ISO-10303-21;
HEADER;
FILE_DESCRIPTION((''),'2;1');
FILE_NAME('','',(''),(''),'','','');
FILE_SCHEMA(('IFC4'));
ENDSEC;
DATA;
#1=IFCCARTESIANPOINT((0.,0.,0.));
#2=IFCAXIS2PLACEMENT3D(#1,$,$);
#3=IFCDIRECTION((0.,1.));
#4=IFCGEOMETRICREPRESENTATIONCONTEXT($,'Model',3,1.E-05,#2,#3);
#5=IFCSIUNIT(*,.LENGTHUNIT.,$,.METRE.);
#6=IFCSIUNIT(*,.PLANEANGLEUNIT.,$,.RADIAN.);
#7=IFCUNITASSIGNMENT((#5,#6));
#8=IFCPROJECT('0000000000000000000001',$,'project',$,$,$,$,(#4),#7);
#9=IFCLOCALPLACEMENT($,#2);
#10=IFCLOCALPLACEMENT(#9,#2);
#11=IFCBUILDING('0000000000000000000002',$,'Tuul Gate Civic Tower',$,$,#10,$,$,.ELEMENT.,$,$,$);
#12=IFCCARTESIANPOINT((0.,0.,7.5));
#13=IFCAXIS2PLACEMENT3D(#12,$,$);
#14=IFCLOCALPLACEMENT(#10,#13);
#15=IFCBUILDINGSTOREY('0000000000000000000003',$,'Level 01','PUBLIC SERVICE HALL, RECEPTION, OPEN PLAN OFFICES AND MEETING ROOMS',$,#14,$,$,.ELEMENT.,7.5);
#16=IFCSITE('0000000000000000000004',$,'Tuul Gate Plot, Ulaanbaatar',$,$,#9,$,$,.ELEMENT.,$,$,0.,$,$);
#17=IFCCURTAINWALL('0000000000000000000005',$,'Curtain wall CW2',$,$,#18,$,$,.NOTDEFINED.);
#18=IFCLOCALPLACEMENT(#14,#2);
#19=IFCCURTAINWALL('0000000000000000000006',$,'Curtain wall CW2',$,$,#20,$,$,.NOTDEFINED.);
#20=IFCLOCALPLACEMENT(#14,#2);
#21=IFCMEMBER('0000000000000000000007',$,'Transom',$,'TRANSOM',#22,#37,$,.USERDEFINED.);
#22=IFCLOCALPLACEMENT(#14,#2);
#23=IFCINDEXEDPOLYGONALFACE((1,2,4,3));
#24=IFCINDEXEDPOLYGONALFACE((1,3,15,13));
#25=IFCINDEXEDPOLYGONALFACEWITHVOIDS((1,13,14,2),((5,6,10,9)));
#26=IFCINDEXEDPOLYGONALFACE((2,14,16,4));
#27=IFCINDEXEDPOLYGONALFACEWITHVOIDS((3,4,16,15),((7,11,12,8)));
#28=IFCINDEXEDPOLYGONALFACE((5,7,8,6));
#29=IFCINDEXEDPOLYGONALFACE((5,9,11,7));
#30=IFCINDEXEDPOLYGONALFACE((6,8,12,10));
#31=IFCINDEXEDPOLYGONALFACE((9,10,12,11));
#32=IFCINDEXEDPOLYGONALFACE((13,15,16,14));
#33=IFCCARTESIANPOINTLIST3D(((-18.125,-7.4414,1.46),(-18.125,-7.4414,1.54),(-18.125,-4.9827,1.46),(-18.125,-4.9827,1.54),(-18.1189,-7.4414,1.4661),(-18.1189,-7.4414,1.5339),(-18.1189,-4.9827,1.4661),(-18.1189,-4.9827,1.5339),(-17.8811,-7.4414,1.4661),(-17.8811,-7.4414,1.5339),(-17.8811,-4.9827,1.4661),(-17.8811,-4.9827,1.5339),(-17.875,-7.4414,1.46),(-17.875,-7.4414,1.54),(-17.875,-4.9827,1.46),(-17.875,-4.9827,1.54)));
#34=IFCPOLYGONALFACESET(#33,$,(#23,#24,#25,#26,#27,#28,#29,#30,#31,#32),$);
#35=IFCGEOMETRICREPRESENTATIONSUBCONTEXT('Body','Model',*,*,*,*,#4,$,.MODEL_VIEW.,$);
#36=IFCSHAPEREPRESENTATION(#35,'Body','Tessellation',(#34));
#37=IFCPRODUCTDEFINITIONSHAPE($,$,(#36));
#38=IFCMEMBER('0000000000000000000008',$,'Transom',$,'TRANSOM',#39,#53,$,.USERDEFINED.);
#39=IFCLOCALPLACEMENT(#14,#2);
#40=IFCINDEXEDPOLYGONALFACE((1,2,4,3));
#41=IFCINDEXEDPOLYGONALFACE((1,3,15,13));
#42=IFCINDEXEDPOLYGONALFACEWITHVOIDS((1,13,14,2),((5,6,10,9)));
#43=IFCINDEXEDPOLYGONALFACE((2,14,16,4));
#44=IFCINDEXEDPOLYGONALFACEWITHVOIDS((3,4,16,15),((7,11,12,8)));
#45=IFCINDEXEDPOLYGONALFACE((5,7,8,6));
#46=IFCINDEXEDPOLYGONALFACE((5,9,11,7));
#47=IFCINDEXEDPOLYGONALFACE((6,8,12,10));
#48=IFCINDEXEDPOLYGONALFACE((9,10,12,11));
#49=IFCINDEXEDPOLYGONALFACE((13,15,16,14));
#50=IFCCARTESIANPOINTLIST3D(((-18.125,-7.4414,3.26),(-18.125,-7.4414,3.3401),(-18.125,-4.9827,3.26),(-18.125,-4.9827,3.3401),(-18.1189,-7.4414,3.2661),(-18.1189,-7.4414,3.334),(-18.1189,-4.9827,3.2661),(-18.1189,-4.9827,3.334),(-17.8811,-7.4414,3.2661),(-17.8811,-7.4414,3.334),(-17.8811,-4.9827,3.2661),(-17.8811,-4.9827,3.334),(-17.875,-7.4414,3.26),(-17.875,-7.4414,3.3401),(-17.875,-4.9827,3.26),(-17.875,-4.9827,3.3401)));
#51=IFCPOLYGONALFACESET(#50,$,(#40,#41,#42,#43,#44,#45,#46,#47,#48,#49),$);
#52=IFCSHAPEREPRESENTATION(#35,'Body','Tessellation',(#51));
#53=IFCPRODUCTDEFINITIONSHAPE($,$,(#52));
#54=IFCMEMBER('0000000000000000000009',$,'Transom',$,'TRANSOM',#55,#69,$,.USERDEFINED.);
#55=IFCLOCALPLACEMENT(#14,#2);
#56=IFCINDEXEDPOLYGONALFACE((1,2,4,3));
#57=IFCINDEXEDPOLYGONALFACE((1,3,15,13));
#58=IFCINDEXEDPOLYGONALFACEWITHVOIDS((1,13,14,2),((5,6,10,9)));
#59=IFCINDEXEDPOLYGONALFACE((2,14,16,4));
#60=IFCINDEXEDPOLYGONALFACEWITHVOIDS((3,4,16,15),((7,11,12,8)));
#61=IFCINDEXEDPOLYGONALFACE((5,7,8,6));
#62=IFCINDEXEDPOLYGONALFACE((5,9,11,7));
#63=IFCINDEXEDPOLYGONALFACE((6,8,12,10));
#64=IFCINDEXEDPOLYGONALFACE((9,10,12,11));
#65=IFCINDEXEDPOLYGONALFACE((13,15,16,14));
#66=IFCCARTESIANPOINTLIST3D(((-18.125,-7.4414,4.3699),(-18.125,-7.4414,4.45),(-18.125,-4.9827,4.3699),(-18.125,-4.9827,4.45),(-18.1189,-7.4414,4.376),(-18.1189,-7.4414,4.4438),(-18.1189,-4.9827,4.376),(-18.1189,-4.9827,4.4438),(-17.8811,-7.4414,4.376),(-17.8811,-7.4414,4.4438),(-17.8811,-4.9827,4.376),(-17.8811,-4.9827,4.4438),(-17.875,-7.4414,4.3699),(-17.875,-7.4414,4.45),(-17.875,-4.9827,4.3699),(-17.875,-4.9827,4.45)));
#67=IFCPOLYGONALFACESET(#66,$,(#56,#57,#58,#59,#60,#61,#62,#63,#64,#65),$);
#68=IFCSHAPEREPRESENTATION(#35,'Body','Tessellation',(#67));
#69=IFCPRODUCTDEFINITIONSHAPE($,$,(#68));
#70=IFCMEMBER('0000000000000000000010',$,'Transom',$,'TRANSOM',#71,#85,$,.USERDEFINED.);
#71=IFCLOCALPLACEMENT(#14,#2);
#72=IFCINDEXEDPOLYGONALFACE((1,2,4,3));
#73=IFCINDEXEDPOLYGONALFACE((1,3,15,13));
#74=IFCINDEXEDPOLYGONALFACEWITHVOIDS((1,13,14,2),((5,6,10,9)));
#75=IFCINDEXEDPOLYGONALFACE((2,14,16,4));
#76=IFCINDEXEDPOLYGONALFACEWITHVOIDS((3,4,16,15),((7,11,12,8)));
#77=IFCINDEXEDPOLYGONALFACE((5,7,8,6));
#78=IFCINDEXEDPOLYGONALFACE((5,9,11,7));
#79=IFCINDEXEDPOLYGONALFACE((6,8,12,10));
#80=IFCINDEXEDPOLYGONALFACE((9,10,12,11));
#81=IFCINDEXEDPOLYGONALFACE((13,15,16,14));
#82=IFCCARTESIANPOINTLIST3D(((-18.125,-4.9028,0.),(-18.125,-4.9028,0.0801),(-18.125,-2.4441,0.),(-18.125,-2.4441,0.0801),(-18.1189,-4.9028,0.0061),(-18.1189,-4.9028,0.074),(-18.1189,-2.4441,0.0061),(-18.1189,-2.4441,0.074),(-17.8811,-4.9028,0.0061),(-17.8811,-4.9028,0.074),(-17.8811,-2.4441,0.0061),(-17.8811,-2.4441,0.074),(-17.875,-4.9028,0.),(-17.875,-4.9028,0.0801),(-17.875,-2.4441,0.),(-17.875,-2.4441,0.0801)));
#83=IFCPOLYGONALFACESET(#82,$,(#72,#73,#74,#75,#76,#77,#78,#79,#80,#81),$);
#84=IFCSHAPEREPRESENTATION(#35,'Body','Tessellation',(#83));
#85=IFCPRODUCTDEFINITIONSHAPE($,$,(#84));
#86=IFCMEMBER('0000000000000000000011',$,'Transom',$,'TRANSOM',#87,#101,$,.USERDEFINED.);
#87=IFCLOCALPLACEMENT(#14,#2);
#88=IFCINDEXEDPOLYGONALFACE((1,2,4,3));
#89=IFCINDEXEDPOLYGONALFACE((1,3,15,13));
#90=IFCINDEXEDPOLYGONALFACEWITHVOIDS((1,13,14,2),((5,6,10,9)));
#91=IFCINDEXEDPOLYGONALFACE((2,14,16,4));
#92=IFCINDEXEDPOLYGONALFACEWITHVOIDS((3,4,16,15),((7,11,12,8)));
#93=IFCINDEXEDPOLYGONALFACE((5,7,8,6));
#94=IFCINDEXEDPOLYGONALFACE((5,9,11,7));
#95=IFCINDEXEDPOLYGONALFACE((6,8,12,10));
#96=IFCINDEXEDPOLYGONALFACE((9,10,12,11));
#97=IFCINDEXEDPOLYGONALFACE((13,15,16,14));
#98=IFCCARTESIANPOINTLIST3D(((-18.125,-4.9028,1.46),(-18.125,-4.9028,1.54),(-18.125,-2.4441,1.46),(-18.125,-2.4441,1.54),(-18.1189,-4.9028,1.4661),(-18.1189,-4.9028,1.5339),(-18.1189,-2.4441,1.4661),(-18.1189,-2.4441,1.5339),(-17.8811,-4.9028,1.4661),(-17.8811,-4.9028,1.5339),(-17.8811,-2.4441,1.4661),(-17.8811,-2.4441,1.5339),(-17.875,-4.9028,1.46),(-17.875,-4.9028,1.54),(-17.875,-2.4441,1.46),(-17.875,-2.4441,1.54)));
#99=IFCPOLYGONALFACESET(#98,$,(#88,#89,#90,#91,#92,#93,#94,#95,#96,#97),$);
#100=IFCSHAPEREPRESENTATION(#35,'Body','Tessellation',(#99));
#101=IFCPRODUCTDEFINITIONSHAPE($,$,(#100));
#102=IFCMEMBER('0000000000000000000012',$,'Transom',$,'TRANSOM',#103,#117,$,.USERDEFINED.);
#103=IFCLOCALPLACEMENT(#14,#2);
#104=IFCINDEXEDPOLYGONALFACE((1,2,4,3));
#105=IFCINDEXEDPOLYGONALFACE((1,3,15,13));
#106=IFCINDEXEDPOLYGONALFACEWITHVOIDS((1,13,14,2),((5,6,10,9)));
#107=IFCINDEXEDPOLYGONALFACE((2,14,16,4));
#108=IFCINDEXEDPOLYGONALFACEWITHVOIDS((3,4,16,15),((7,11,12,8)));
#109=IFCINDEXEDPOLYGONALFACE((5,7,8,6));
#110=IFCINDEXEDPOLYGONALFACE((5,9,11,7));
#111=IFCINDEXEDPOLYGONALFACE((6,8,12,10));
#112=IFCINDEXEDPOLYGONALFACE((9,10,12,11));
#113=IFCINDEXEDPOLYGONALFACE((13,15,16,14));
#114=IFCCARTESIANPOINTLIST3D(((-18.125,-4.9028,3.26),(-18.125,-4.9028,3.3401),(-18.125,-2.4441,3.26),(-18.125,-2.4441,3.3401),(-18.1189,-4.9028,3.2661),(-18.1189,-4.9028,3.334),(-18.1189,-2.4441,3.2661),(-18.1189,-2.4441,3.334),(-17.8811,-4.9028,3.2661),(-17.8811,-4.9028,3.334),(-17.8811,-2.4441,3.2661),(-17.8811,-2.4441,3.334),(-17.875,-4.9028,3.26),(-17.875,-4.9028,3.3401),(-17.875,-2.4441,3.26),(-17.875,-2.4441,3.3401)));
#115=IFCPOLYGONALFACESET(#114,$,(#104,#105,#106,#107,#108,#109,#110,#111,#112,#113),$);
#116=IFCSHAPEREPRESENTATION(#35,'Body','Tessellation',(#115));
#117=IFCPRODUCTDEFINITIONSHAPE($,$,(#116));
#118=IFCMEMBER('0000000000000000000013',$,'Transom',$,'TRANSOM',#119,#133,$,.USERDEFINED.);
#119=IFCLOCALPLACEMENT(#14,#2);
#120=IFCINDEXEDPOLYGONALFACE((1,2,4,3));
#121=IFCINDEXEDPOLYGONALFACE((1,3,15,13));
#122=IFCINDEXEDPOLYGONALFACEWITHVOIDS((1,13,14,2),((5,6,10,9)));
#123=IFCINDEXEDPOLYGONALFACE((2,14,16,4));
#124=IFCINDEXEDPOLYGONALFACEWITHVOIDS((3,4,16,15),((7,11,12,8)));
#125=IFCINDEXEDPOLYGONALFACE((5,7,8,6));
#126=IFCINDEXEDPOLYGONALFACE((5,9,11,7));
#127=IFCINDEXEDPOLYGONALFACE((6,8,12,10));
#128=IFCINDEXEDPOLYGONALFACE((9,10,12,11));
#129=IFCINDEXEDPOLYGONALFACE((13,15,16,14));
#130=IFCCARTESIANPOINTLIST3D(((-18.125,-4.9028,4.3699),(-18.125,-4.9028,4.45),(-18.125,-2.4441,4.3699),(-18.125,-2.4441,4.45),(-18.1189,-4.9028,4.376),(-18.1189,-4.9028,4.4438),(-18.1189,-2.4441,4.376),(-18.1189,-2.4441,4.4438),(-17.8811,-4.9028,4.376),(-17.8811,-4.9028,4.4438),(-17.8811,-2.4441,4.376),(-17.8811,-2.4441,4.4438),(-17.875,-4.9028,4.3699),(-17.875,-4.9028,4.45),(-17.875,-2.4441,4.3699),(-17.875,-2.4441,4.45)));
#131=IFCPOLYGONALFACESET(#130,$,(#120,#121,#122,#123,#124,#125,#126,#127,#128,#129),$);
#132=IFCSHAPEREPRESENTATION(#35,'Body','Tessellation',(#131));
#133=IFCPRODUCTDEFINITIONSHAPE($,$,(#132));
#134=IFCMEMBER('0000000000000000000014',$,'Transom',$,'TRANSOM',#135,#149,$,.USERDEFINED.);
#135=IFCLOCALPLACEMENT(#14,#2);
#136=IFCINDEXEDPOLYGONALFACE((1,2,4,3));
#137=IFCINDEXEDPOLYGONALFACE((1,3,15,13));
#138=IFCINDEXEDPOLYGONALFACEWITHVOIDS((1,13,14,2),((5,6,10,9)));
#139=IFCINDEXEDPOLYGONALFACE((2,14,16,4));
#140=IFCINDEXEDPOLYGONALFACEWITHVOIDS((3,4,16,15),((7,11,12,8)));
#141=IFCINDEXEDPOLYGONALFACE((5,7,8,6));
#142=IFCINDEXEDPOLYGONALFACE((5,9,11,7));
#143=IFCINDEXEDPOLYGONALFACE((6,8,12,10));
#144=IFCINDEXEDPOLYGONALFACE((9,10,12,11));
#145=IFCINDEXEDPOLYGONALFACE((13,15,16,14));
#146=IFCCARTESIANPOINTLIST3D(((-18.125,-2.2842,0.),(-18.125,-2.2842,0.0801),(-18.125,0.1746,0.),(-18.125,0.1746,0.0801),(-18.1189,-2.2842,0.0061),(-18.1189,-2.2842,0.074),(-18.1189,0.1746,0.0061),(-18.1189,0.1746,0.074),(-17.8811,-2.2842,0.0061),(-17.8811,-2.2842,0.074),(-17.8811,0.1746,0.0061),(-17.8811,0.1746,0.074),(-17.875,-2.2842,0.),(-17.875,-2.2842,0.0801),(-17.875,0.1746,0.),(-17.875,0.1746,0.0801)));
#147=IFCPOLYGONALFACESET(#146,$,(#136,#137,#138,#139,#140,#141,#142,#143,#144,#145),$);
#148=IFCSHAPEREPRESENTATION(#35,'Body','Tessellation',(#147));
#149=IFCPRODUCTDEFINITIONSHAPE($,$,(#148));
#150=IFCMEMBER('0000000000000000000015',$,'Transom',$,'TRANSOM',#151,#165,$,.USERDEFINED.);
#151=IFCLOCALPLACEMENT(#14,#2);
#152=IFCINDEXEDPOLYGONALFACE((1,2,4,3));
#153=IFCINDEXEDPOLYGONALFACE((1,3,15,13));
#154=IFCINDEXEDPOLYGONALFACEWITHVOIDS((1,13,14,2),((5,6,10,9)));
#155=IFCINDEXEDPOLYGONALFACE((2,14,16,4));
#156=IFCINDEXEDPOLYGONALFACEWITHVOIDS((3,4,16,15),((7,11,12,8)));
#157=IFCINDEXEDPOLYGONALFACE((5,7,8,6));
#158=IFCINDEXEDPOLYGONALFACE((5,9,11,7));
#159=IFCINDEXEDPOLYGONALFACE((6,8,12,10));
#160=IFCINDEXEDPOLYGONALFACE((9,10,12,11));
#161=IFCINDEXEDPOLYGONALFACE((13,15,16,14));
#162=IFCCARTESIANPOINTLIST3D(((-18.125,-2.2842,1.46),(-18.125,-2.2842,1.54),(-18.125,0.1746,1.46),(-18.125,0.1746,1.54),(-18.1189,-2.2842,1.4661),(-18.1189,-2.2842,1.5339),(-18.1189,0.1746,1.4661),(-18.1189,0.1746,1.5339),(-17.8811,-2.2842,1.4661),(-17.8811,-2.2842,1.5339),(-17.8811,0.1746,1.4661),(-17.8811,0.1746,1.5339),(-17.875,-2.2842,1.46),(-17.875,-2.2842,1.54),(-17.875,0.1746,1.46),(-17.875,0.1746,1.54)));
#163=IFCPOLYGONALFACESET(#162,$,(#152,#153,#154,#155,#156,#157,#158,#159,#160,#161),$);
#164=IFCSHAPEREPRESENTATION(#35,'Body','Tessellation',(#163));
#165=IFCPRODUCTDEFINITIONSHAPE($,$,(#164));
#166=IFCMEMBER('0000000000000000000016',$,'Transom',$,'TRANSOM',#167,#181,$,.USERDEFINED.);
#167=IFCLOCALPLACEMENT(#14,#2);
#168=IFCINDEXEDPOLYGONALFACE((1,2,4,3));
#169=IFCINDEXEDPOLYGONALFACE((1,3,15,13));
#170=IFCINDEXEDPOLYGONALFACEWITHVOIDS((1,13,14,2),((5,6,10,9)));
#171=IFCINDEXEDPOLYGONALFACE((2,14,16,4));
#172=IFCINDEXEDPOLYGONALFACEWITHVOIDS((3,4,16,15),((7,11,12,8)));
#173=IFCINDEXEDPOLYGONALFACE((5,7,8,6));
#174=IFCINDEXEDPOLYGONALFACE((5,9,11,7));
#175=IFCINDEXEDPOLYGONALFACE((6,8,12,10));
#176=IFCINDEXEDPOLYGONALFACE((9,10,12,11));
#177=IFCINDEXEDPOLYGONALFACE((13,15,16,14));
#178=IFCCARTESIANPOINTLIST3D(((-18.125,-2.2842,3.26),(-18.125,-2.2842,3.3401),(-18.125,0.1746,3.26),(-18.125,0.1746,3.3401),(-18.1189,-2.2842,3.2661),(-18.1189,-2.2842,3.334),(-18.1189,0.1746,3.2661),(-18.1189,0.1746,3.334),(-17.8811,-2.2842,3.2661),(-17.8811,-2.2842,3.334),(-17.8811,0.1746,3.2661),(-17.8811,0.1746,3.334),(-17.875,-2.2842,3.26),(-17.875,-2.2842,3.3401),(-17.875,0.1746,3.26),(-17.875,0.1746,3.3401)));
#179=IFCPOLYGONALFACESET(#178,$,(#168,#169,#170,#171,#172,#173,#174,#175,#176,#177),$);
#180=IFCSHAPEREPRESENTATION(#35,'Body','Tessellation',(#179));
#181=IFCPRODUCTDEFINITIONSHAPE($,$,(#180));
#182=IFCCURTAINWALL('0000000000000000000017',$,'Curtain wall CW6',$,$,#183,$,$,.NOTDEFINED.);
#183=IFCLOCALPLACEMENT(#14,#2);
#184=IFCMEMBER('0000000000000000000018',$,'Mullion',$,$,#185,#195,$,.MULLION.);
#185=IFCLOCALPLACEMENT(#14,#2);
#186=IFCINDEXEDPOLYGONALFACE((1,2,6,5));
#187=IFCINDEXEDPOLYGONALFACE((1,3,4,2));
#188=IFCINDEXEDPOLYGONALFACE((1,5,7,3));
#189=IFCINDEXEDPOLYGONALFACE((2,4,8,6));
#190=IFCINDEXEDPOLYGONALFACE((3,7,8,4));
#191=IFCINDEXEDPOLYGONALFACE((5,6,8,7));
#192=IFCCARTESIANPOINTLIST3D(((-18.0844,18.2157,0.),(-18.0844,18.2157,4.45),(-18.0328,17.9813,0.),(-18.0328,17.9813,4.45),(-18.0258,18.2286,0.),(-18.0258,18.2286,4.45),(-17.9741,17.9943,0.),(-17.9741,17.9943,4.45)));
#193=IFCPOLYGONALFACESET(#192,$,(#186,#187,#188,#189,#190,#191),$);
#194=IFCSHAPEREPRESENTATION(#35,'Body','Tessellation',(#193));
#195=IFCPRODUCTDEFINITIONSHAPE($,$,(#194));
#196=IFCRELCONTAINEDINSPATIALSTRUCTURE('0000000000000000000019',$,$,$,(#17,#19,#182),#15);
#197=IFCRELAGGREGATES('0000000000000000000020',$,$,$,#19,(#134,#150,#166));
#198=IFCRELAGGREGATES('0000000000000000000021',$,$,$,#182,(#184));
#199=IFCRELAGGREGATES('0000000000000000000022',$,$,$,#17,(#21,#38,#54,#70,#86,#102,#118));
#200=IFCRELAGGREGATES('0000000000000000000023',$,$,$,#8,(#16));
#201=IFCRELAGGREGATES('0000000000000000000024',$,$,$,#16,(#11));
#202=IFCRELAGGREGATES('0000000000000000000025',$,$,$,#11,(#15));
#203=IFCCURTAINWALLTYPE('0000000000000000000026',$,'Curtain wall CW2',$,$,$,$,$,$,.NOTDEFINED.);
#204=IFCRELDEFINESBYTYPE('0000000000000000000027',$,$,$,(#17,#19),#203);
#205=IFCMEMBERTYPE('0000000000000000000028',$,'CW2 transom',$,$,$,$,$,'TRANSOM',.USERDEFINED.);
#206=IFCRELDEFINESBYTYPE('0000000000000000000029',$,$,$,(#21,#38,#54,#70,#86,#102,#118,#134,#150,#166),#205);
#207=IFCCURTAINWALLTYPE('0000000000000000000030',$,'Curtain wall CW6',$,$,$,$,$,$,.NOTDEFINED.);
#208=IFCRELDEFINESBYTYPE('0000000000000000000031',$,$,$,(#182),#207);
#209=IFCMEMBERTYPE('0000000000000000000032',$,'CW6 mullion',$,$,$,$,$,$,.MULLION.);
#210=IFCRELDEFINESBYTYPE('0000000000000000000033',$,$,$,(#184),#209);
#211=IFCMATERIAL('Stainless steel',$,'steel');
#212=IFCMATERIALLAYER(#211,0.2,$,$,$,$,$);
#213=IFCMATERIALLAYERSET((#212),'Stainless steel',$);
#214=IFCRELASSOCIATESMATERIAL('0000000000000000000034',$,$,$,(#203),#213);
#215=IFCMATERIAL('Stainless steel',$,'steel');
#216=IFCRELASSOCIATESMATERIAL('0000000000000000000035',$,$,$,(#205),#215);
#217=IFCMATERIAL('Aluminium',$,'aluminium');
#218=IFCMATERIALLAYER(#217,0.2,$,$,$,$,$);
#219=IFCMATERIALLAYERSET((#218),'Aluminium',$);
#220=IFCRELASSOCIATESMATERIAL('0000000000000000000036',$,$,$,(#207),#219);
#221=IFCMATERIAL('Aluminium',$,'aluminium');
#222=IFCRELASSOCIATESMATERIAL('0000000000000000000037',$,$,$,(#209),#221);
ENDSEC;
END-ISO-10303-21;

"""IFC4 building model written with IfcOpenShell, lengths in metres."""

from ifc_helpers import new_model, si_unit, direction, frame, origin, origin_2d, place, context, subcontext, project, spatial, rectangle, hollow_rectangle, extrude, material, layer, layer_set, material_profile, profile_set, type_object, element, aggregate, save


model = new_model("IFC4")

# Units and contexts
model_context = context("Model", 3, precision=1e-05, world=origin(), true_north=direction((0.0, 1.0)))
body_context = subcontext(model_context, "Body", "Model", "MODEL_VIEW")
ifc_project = project(units=[si_unit("LENGTHUNIT", "METRE"), si_unit("PLANEANGLEUNIT", "RADIAN")], contexts=[model_context])

# Site, building, storey
site_placement = place(None, origin())
site = spatial("IfcSite", under=ifc_project, at=site_placement, Name="Tuul Gate Plot, Ulaanbaatar", CompositionType="ELEMENT", RefElevation=0.0)
building_placement = place(site_placement, origin())
building = spatial("IfcBuilding", under=site, at=building_placement, Name="Tuul Gate Civic Tower", CompositionType="ELEMENT")
storey_placement = place(building_placement, frame((0.0, 0.0, 7.5)))
storey = spatial("IfcBuildingStorey", under=building, at=storey_placement, Name="Level 01", Description="PUBLIC SERVICE HALL, RECEPTION, OPEN PLAN OFFICES AND MEETING ROOMS", CompositionType="ELEMENT", Elevation=7.5)

# Shared definitions
ifc_material_1 = material(Name="Stainless steel", Category="steel")
ifc_layer_1 = layer(ifc_material_1, 0.2)
ifc_layer_set_1 = layer_set([ifc_layer_1], Name="Stainless steel")
curtain_wall_type_1 = type_object("IfcCurtainWallType", Name="Curtain wall CW2", PredefinedType="NOTDEFINED", material=ifc_layer_set_1)

# Curtain walls
curtain_wall_1_placement = place(storey_placement, origin())
curtain_wall_1 = element("IfcCurtainWall", 1, at=curtain_wall_1_placement, inside=storey, type_object=curtain_wall_type_1, Name="Curtain wall CW2", PredefinedType="NOTDEFINED")
curtain_wall_2_placement = place(storey_placement, origin())
curtain_wall_2 = element("IfcCurtainWall", 2, at=curtain_wall_2_placement, inside=storey, type_object=curtain_wall_type_1, Name="Curtain wall CW2", PredefinedType="NOTDEFINED")

# Members
ifc_material_2 = material(Name="Stainless steel", Category="steel")
ifc_material_profile_1 = material_profile(ifc_material_2, hollow_rectangle(XDim=0.25, YDim=0.0801, WallThickness=0.0061, at=origin_2d()), Name="CW2 transom")
ifc_profile_set_1 = profile_set([ifc_material_profile_1], Name="Stainless steel")
member_type_1 = type_object("IfcMemberType", Name="CW2 transom", ElementType="TRANSOM", PredefinedType="USERDEFINED", material=ifc_profile_set_1)
member_1_placement = place(storey_placement, frame((-18.0, -7.4414, 1.5), z_axis=(0.0, 1.0, 0.0), x_axis=(-1.0, 0.0, 0.0)))
member_1 = element("IfcMember", 3, at=member_1_placement, type_object=member_type_1, Name="Transom", ObjectType="TRANSOM", PredefinedType="USERDEFINED", context=body_context, shape_type="SweptSolid", body=[
    extrude(hollow_rectangle(XDim=0.25, YDim=0.0801, WallThickness=0.0061, at=origin_2d()), origin(), (0.0, 0.0, 1.0), 2.4587),
])
member_2_placement = place(storey_placement, frame((-18.0, -7.4414, 3.3), z_axis=(0.0, 1.0, 0.0), x_axis=(-1.0, 0.0, 0.0)))
member_2 = element("IfcMember", 4, at=member_2_placement, type_object=member_type_1, Name="Transom", ObjectType="TRANSOM", PredefinedType="USERDEFINED", context=body_context, shape_type="SweptSolid", body=[
    extrude(hollow_rectangle(XDim=0.25, YDim=0.0801, WallThickness=0.0061, at=origin_2d()), origin(), (0.0, 0.0, 1.0), 2.4587),
])
member_3_placement = place(storey_placement, frame((-18.0, -7.4414, 4.4099), z_axis=(0.0, 1.0, 0.0), x_axis=(-1.0, 0.0, 0.0)))
member_3 = element("IfcMember", 5, at=member_3_placement, type_object=member_type_1, Name="Transom", ObjectType="TRANSOM", PredefinedType="USERDEFINED", context=body_context, shape_type="SweptSolid", body=[
    extrude(hollow_rectangle(XDim=0.25, YDim=0.0801, WallThickness=0.0061, at=origin_2d()), origin(), (0.0, 0.0, 1.0), 2.4587),
])
member_4_placement = place(storey_placement, frame((-18.0, -4.9028, 0.04), z_axis=(0.0, 1.0, 0.0), x_axis=(-1.0, 0.0, 0.0)))
member_4 = element("IfcMember", 6, at=member_4_placement, type_object=member_type_1, Name="Transom", ObjectType="TRANSOM", PredefinedType="USERDEFINED", context=body_context, shape_type="SweptSolid", body=[
    extrude(hollow_rectangle(XDim=0.25, YDim=0.0801, WallThickness=0.0061, at=origin_2d()), origin(), (0.0, 0.0, 1.0), 2.4587),
])
member_5_placement = place(storey_placement, frame((-18.0, -4.9028, 1.5), z_axis=(0.0, 1.0, 0.0), x_axis=(-1.0, 0.0, 0.0)))
member_5 = element("IfcMember", 7, at=member_5_placement, type_object=member_type_1, Name="Transom", ObjectType="TRANSOM", PredefinedType="USERDEFINED", context=body_context, shape_type="SweptSolid", body=[
    extrude(hollow_rectangle(XDim=0.25, YDim=0.0801, WallThickness=0.0061, at=origin_2d()), origin(), (0.0, 0.0, 1.0), 2.4587),
])
member_6_placement = place(storey_placement, frame((-18.0, -4.9028, 3.3), z_axis=(0.0, 1.0, 0.0), x_axis=(-1.0, 0.0, 0.0)))
member_6 = element("IfcMember", 8, at=member_6_placement, type_object=member_type_1, Name="Transom", ObjectType="TRANSOM", PredefinedType="USERDEFINED", context=body_context, shape_type="SweptSolid", body=[
    extrude(hollow_rectangle(XDim=0.25, YDim=0.0801, WallThickness=0.0061, at=origin_2d()), origin(), (0.0, 0.0, 1.0), 2.4587),
])
member_7_placement = place(storey_placement, frame((-18.0, -4.9028, 4.4099), z_axis=(0.0, 1.0, 0.0), x_axis=(-1.0, 0.0, 0.0)))
member_7 = element("IfcMember", 9, at=member_7_placement, type_object=member_type_1, Name="Transom", ObjectType="TRANSOM", PredefinedType="USERDEFINED", context=body_context, shape_type="SweptSolid", body=[
    extrude(hollow_rectangle(XDim=0.25, YDim=0.0801, WallThickness=0.0061, at=origin_2d()), origin(), (0.0, 0.0, 1.0), 2.4587),
])
member_8_placement = place(storey_placement, frame((-18.0, -2.2842, 0.04), z_axis=(0.0, 1.0, 0.0), x_axis=(-1.0, 0.0, 0.0)))
member_8 = element("IfcMember", 10, at=member_8_placement, type_object=member_type_1, Name="Transom", ObjectType="TRANSOM", PredefinedType="USERDEFINED", context=body_context, shape_type="SweptSolid", body=[
    extrude(hollow_rectangle(XDim=0.25, YDim=0.0801, WallThickness=0.0061, at=origin_2d()), origin(), (0.0, 0.0, 1.0), 2.4587),
])
member_9_placement = place(storey_placement, frame((-18.0, -2.2842, 1.5), z_axis=(0.0, 1.0, 0.0), x_axis=(-1.0, 0.0, 0.0)))
member_9 = element("IfcMember", 11, at=member_9_placement, type_object=member_type_1, Name="Transom", ObjectType="TRANSOM", PredefinedType="USERDEFINED", context=body_context, shape_type="SweptSolid", body=[
    extrude(hollow_rectangle(XDim=0.25, YDim=0.0801, WallThickness=0.0061, at=origin_2d()), origin(), (0.0, 0.0, 1.0), 2.4587),
])
member_10_placement = place(storey_placement, frame((-18.0, -2.2842, 3.3), z_axis=(0.0, 1.0, 0.0), x_axis=(-1.0, 0.0, 0.0)))
member_10 = element("IfcMember", 12, at=member_10_placement, type_object=member_type_1, Name="Transom", ObjectType="TRANSOM", PredefinedType="USERDEFINED", context=body_context, shape_type="SweptSolid", body=[
    extrude(hollow_rectangle(XDim=0.25, YDim=0.0801, WallThickness=0.0061, at=origin_2d()), origin(), (0.0, 0.0, 1.0), 2.4587),
])
aggregate(curtain_wall_2, [member_8, member_9, member_10])

# Curtain wall, member
ifc_material_3 = material(Name="Aluminium", Category="aluminium")
ifc_layer_2 = layer(ifc_material_3, 0.2)
ifc_layer_set_2 = layer_set([ifc_layer_2], Name="Aluminium")
curtain_wall_type_2 = type_object("IfcCurtainWallType", Name="Curtain wall CW6", PredefinedType="NOTDEFINED", material=ifc_layer_set_2)
curtain_wall_3_placement = place(storey_placement, origin())
curtain_wall_3 = element("IfcCurtainWall", 13, at=curtain_wall_3_placement, inside=storey, type_object=curtain_wall_type_2, Name="Curtain wall CW6", PredefinedType="NOTDEFINED")
ifc_material_4 = material(Name="Aluminium", Category="aluminium")
ifc_material_profile_2 = material_profile(ifc_material_4, rectangle(XDim=0.24, YDim=0.0601, at=origin_2d()), Name="CW6 mullion")
ifc_profile_set_2 = profile_set([ifc_material_profile_2], Name="Aluminium")
member_type_2 = type_object("IfcMemberType", Name="CW6 mullion", PredefinedType="MULLION", material=ifc_profile_set_2)
member_11_placement = place(storey_placement, frame((-18.0293, 18.105, 0.0), z_axis=(0.0, 0.0, 1.0), x_axis=(0.215207, -0.976569, 0.0)))
member_11 = element("IfcMember", 14, at=member_11_placement, type_object=member_type_2, Name="Mullion", PredefinedType="MULLION", context=body_context, shape_type="SweptSolid", body=[
    extrude(rectangle(XDim=0.24, YDim=0.0601, at=origin_2d()), origin(), (0.0, 0.0, 1.0), 4.45),
])
aggregate(curtain_wall_3, [member_11])

aggregate(curtain_wall_1, [member_1, member_2, member_3, member_4, member_5, member_6, member_7])

save(model, "model.ifc")
